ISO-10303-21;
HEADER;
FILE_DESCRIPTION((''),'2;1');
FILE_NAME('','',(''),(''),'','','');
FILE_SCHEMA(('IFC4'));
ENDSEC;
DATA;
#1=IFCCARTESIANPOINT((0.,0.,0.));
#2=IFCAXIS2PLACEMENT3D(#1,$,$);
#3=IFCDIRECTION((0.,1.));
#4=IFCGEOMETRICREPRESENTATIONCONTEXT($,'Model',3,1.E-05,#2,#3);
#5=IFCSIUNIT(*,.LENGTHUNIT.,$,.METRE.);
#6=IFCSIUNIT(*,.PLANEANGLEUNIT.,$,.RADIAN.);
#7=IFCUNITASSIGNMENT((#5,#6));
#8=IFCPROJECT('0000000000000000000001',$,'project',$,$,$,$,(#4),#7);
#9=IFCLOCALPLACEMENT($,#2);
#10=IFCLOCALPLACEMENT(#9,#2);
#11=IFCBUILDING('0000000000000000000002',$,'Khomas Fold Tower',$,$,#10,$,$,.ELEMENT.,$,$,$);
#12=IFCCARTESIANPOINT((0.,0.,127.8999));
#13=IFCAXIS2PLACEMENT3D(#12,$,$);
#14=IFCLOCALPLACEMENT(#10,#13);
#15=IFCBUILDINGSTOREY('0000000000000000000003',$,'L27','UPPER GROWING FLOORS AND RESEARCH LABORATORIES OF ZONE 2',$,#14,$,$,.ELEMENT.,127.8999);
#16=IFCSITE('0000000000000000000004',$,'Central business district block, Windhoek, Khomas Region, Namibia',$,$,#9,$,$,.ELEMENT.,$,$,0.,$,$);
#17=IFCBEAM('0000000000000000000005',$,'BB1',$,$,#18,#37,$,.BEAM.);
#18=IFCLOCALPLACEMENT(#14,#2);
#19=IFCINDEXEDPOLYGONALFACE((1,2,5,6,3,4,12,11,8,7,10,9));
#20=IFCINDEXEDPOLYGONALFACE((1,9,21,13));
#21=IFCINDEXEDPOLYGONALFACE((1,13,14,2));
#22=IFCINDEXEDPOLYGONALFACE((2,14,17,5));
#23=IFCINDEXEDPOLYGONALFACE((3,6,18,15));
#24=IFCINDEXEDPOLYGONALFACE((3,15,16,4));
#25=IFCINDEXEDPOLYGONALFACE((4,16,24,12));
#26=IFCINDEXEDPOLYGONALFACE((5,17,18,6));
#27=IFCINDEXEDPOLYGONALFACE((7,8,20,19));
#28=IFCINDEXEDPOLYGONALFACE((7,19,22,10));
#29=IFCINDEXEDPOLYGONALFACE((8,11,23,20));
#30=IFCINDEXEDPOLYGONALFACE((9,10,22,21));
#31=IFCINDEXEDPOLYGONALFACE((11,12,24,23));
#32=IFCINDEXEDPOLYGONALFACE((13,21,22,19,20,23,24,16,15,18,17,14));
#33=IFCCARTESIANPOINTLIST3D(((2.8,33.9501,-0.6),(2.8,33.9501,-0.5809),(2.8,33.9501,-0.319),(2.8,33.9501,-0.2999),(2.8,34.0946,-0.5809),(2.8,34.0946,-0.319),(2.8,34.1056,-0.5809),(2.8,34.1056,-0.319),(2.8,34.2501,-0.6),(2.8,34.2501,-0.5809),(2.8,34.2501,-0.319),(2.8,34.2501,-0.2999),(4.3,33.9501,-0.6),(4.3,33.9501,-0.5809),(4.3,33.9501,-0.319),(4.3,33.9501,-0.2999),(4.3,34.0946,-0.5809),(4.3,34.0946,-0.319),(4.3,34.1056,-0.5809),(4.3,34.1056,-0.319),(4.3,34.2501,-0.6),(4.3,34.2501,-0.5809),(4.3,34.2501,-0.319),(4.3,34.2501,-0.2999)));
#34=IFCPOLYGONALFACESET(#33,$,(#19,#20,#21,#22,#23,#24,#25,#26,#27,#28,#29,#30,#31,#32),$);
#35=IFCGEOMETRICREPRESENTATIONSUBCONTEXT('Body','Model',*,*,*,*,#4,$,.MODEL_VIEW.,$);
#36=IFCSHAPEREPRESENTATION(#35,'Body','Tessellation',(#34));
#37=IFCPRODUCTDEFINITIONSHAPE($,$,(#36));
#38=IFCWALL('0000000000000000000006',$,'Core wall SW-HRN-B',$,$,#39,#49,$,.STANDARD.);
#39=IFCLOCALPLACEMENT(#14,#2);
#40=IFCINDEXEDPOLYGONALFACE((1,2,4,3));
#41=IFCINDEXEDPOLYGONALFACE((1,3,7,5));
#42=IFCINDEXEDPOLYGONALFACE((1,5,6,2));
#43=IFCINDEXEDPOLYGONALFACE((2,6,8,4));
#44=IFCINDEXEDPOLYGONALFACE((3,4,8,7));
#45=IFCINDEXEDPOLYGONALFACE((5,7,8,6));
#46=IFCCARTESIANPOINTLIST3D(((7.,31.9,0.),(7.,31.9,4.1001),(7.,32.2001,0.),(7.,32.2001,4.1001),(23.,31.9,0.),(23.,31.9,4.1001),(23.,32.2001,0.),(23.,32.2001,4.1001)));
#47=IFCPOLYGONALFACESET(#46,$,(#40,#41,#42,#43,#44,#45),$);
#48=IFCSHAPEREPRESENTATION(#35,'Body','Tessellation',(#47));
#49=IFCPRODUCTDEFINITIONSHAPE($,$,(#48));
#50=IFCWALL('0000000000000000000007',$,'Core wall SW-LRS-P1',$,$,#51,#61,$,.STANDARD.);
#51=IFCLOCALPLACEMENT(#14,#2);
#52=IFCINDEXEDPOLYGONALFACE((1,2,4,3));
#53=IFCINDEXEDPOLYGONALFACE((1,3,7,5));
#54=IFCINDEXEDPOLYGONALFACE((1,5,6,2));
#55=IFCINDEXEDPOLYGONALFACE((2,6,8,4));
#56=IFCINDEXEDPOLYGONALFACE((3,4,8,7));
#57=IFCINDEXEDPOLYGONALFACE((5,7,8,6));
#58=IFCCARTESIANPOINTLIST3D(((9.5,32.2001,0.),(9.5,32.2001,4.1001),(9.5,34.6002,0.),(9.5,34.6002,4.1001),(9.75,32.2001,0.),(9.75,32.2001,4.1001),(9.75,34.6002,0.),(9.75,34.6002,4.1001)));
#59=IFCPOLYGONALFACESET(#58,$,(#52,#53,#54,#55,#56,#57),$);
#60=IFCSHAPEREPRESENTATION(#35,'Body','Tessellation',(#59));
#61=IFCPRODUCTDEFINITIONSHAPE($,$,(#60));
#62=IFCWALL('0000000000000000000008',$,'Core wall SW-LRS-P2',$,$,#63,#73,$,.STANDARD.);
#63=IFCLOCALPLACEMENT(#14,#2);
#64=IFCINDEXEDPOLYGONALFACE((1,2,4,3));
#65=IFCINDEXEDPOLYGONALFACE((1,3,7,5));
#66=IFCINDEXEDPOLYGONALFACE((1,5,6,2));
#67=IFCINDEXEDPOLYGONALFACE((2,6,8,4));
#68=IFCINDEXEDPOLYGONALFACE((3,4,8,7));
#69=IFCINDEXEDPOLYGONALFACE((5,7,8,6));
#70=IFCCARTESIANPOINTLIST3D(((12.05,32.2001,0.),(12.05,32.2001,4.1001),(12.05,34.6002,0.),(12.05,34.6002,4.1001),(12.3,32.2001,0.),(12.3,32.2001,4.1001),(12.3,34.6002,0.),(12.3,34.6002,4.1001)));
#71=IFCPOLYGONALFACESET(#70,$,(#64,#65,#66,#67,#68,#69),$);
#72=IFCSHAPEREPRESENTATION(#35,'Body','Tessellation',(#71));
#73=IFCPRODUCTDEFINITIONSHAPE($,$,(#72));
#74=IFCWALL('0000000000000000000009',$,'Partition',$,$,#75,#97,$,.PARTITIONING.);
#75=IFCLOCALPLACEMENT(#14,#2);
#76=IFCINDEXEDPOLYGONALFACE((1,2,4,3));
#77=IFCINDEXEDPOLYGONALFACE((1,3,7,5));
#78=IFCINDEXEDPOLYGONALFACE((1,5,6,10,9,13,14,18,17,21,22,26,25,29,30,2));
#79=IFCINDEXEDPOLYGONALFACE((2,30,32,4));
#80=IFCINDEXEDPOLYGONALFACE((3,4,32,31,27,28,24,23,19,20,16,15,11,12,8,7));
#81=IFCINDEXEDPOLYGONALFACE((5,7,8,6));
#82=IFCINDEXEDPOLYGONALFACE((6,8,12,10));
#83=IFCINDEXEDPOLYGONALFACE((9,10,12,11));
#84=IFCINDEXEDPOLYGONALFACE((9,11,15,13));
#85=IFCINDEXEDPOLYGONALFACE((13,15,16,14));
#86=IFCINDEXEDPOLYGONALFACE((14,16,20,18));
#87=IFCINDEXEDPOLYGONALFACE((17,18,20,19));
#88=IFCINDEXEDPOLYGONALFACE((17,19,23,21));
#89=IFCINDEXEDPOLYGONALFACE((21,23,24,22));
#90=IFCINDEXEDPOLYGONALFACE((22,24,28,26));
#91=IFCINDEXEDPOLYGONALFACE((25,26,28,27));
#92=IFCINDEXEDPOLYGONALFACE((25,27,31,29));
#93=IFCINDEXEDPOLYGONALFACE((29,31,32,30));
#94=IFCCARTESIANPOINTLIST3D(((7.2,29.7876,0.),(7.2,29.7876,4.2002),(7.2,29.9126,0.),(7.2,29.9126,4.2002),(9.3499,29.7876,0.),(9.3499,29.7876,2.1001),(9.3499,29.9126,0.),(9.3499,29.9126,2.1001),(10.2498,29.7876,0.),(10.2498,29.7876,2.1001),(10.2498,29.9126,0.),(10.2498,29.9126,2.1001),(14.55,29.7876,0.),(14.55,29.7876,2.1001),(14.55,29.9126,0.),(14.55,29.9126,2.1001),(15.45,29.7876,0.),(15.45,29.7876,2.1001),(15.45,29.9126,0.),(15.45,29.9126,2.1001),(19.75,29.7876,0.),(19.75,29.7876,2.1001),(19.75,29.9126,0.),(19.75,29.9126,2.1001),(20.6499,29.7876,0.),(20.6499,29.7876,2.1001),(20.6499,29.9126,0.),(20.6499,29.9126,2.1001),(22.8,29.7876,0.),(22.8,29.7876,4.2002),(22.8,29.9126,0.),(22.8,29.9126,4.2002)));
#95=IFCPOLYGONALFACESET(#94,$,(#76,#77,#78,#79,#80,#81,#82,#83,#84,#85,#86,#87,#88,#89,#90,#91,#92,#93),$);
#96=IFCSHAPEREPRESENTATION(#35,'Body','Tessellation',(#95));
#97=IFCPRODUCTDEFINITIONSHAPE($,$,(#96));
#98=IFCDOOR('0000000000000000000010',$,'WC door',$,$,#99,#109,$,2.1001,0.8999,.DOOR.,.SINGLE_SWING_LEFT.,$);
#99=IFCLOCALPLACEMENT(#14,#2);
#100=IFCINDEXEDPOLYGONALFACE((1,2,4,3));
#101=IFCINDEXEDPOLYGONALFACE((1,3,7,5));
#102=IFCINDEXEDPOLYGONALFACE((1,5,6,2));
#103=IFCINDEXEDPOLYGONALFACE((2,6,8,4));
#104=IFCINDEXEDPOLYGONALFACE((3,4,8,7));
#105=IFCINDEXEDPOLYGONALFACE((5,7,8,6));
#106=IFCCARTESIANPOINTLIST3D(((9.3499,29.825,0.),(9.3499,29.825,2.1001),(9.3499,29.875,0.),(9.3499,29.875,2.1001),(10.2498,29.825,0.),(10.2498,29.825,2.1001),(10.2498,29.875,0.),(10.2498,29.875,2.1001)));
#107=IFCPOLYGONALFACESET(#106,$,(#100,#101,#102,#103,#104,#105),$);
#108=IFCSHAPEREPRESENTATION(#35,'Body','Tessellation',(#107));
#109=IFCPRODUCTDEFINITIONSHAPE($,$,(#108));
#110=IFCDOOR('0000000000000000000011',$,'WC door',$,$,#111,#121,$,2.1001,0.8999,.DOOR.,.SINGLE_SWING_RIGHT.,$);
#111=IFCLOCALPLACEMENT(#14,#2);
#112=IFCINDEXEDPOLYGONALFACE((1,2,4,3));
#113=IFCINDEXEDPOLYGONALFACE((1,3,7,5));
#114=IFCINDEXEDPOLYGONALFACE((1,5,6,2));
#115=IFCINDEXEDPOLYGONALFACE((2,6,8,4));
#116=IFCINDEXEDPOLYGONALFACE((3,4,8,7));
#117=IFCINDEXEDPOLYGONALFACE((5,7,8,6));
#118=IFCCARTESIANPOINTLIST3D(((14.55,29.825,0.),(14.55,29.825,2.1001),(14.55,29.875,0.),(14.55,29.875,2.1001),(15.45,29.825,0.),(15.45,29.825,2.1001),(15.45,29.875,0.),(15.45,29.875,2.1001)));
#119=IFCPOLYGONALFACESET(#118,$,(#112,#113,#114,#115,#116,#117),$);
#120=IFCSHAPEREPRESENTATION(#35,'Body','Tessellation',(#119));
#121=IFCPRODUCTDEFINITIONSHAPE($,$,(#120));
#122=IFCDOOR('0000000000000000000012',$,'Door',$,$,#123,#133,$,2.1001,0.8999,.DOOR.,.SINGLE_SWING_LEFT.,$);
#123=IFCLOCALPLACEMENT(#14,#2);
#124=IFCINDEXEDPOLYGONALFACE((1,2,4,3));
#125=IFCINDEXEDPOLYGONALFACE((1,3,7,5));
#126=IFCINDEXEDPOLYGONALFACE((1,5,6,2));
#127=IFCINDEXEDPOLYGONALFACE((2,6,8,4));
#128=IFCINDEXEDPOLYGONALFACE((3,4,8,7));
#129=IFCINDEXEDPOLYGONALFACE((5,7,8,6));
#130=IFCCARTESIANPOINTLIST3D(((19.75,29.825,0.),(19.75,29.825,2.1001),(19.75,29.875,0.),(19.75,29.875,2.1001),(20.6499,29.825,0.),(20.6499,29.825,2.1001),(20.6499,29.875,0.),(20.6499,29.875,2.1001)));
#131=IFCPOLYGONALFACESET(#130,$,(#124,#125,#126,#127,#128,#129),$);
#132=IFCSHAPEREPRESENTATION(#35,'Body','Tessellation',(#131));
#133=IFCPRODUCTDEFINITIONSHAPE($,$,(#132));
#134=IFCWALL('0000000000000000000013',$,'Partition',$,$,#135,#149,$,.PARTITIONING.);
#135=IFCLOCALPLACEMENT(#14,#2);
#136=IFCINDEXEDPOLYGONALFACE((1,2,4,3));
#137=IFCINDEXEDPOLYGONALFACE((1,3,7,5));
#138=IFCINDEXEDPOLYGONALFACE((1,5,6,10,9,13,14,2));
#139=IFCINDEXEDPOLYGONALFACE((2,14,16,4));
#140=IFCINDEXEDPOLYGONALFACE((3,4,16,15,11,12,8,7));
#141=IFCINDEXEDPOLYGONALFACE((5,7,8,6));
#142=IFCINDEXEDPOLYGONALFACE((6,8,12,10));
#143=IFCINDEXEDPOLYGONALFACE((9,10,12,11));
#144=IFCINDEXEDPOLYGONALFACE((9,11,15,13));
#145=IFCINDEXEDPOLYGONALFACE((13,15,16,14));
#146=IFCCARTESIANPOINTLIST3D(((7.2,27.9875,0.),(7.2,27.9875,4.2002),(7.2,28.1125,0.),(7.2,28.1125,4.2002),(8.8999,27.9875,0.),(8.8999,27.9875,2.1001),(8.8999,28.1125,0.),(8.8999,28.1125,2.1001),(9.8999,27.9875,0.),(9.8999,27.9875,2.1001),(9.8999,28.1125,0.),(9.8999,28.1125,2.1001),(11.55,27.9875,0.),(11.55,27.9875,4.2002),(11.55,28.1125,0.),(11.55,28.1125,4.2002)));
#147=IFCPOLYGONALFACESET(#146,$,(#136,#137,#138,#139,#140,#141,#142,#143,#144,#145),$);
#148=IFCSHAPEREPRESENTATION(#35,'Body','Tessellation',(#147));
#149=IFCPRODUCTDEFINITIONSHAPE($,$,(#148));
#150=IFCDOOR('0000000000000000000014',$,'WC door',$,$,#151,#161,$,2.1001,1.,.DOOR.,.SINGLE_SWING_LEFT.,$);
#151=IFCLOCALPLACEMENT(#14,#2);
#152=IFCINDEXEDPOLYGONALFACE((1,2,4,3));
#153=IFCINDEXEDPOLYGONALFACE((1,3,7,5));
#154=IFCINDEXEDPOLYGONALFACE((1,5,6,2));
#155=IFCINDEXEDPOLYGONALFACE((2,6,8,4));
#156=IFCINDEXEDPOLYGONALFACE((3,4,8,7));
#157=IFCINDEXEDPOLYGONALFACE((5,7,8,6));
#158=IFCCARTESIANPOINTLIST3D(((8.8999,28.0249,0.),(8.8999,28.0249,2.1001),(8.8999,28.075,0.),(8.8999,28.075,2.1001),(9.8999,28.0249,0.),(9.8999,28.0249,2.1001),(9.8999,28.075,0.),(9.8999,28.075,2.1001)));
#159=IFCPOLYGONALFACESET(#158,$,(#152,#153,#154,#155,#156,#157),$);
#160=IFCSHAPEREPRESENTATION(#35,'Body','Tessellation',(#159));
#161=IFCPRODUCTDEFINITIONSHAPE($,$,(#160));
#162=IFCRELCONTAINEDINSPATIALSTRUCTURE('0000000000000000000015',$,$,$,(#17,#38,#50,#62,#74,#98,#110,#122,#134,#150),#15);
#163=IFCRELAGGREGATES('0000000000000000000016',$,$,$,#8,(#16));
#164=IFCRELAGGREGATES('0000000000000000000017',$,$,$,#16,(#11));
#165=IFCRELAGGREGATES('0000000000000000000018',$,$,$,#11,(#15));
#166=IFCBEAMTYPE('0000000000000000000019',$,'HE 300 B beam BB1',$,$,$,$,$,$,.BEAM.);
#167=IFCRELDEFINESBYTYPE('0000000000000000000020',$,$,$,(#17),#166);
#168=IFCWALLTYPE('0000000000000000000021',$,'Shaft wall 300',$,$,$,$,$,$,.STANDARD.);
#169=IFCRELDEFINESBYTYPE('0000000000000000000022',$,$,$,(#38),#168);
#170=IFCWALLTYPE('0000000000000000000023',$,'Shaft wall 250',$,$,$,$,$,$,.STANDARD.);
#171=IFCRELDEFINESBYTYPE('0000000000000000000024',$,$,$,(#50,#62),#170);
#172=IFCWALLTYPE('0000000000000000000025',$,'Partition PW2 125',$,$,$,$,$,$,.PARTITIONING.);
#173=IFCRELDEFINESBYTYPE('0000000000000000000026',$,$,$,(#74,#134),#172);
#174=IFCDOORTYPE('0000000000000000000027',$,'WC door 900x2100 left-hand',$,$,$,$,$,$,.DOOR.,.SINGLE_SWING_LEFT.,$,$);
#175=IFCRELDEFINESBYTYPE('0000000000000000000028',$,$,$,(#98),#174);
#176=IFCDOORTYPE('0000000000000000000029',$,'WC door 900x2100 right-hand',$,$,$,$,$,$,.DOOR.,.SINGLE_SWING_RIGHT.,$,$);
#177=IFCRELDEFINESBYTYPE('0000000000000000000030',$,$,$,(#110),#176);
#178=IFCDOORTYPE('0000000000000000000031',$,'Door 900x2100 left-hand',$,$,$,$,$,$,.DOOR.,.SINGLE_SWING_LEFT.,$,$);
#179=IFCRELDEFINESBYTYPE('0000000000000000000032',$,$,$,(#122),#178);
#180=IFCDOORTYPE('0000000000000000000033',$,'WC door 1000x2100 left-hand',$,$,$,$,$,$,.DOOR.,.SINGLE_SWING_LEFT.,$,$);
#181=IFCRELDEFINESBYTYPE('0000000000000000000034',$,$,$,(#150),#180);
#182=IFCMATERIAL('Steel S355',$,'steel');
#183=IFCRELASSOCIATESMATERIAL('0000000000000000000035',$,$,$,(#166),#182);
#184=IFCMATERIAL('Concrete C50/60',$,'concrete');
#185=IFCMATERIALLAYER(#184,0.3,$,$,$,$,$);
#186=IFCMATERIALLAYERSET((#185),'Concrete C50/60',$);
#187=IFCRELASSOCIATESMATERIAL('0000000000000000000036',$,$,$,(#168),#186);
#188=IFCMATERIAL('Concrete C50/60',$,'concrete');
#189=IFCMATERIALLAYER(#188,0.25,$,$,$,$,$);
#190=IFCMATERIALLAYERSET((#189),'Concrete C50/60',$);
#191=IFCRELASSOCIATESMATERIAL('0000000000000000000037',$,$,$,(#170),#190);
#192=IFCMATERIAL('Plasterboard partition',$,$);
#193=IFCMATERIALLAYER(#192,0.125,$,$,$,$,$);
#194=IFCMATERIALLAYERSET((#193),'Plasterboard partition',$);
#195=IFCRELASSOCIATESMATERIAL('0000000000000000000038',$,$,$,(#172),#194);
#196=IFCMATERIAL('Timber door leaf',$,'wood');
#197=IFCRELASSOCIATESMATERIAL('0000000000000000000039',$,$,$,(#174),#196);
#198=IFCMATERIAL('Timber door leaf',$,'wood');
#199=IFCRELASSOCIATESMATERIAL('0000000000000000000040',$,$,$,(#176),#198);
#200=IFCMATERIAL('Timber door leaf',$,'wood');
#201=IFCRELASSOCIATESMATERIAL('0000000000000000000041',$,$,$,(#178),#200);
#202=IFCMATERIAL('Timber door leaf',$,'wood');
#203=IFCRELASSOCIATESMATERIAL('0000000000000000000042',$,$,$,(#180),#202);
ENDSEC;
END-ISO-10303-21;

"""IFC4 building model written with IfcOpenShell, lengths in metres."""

from ifc_helpers import new_model, si_unit, direction, frame, frame_2d, origin, origin_2d, place, context, subcontext, project, spatial, rectangle, i_section, extrude, source, transform, mapped, material, layer, layer_set, material_profile, profile_set, type_object, element, fill, save


model = new_model("IFC4")

# Units and contexts
model_context = context("Model", 3, precision=1e-05, world=origin(), true_north=direction((0.0, 1.0)))
body_context = subcontext(model_context, "Body", "Model", "MODEL_VIEW")
ifc_project = project(units=[si_unit("LENGTHUNIT", "METRE"), si_unit("PLANEANGLEUNIT", "RADIAN")], contexts=[model_context])

# Site, building, storey
site_placement = place(None, origin())
site = spatial("IfcSite", under=ifc_project, at=site_placement, Name="Central business district block, Windhoek, Khomas Region, Namibia", CompositionType="ELEMENT", RefElevation=0.0)
building_placement = place(site_placement, origin())
building = spatial("IfcBuilding", under=site, at=building_placement, Name="Khomas Fold Tower", CompositionType="ELEMENT")
storey_placement = place(building_placement, frame((0.0, 0.0, 127.8999)))
storey = spatial("IfcBuildingStorey", under=building, at=storey_placement, Name="L27", Description="UPPER GROWING FLOORS AND RESEARCH LABORATORIES OF ZONE 2", CompositionType="ELEMENT", Elevation=127.8999)

# Beam
ifc_material_1 = material(Name="Steel S355", Category="steel")
ifc_material_profile = material_profile(ifc_material_1, i_section(OverallWidth=0.3, OverallDepth=0.3, WebThickness=0.011, FlangeThickness=0.019, at=origin_2d()), Name="HE 300 B")
ifc_profile_set = profile_set([ifc_material_profile], Name="Steel S355")
beam_type = type_object("IfcBeamType", Name="HE 300 B beam BB1", PredefinedType="BEAM", material=ifc_profile_set)
shared_shape_1 = source(origin(), body_context, "Body", "SweptSolid", [
    extrude(i_section(OverallWidth=0.3, OverallDepth=0.3, WebThickness=0.011, FlangeThickness=0.019, at=origin_2d()), origin(), (0.0, 0.0, 1.0), 1.5),
])
beam_placement = place(storey_placement, frame((2.8, 34.1001, -0.45), z_axis=(1.0, 0.0, 0.0), x_axis=(0.0, 1.0, 0.0)))
element("IfcBeam", 1, at=beam_placement, inside=storey, type_object=beam_type, Name="BB1", PredefinedType="BEAM", context=body_context, shape_type="MappedRepresentation", body=[
    mapped(shared_shape_1, transform((0.0, 0.0, 0.0))),
])

# Walls
ifc_material_2 = material(Name="Concrete C50/60", Category="concrete")
ifc_layer_1 = layer(ifc_material_2, 0.3)
ifc_layer_set_1 = layer_set([ifc_layer_1], Name="Concrete C50/60")
wall_type_1 = type_object("IfcWallType", Name="Shaft wall 300", PredefinedType="STANDARD", material=ifc_layer_set_1)
shared_shape_2 = source(origin(), body_context, "Body", "SweptSolid", [
    extrude(rectangle(XDim=16.0, YDim=0.3, at=frame_2d((8.0, 0.0))), origin(), (0.0, 0.0, 1.0), 4.1001),
])
wall_1_placement = place(storey_placement, frame((7.0, 32.05, 0.0), z_axis=(0.0, 0.0, 1.0), x_axis=(1.0, 0.0, 0.0)))
element("IfcWall", 2, at=wall_1_placement, inside=storey, type_object=wall_type_1, Name="Core wall SW-HRN-B", PredefinedType="STANDARD", context=body_context, shape_type="MappedRepresentation", body=[
    mapped(shared_shape_2, transform((0.0, 0.0, 0.0))),
])
ifc_material_3 = material(Name="Concrete C50/60", Category="concrete")
ifc_layer_2 = layer(ifc_material_3, 0.25)
ifc_layer_set_2 = layer_set([ifc_layer_2], Name="Concrete C50/60")
wall_type_2 = type_object("IfcWallType", Name="Shaft wall 250", PredefinedType="STANDARD", material=ifc_layer_set_2)
shared_shape_3 = source(origin(), body_context, "Body", "SweptSolid", [
    extrude(rectangle(XDim=2.4001, YDim=0.25, at=frame_2d((1.2002, 0.0))), origin(), (0.0, 0.0, 1.0), 4.1001),
])
for number, where, z_axis, x_axis, name in (
    (3, (9.625, 32.2, 0.0), (0.0, 0.0, 1.0), (0.0, 1.0, 0.0), "Core wall SW-LRS-P1"),
    (4, (12.175, 32.2, 0.0), (0.0, 0.0, 1.0), (0.0, 1.0, 0.0), "Core wall SW-LRS-P2"),
):
    element("IfcWall", number, at=place(storey_placement, frame(where, z_axis=z_axis, x_axis=x_axis)), inside=storey, type_object=wall_type_2, Name=name, PredefinedType="STANDARD", context=body_context, shape_type="MappedRepresentation", body=[
        mapped(shared_shape_3, transform((0.0, 0.0, 0.0))),
    ])

# Wall, openings, doors
ifc_material_4 = material(Name="Plasterboard partition")
ifc_layer_3 = layer(ifc_material_4, 0.125)
ifc_layer_set_3 = layer_set([ifc_layer_3], Name="Plasterboard partition")
wall_type_3 = type_object("IfcWallType", Name="Partition PW2 125", PredefinedType="PARTITIONING", material=ifc_layer_set_3)
shared_shape_4 = source(origin(), body_context, "Body", "SweptSolid", [
    extrude(rectangle(XDim=15.6001, YDim=0.125, at=frame_2d((7.8, 0.0))), origin(), (0.0, 0.0, 1.0), 4.2002),
])
wall_2_placement = place(storey_placement, frame((7.2, 29.8501, 0.0), z_axis=(0.0, 0.0, 1.0), x_axis=(1.0, 0.0, 0.0)))
wall_2 = element("IfcWall", 5, at=wall_2_placement, inside=storey, type_object=wall_type_3, Name="Partition", PredefinedType="PARTITIONING", context=body_context, shape_type="MappedRepresentation", body=[
    mapped(shared_shape_4, transform((0.0, 0.0, 0.0))),
])
shared_shape_5 = source(origin(), body_context, "Body", "SweptSolid", [
    extrude(rectangle(XDim=0.8999, YDim=2.1001, at=frame_2d((0.45, 1.05))), frame((0.0, 0.0725, 0.0), z_axis=(0.0, -1.0, 0.0), x_axis=(1.0, 0.0, 0.0)), (0.0, 0.0, 1.0), 0.145),
])
opening_1_placement = place(wall_2_placement, frame((2.1499, 0.0, 0.0)))
opening_1 = element("IfcOpeningElement", 6, at=opening_1_placement, cuts=wall_2, PredefinedType="OPENING", context=body_context, shape_type="MappedRepresentation", body=[
    mapped(shared_shape_5, transform((0.0, 0.0, 0.0))),
])
opening_2_placement = place(wall_2_placement, frame((7.3501, 0.0, 0.0)))
opening_2 = element("IfcOpeningElement", 7, at=opening_2_placement, cuts=wall_2, PredefinedType="OPENING", context=body_context, shape_type="MappedRepresentation", body=[
    mapped(shared_shape_5, transform((0.0, 0.0, 0.0))),
])
opening_3_placement = place(wall_2_placement, frame((12.55, 0.0, 0.0)))
opening_3 = element("IfcOpeningElement", 8, at=opening_3_placement, cuts=wall_2, PredefinedType="OPENING", context=body_context, shape_type="MappedRepresentation", body=[
    mapped(shared_shape_5, transform((0.0, 0.0, 0.0))),
])
ifc_material_5 = material(Name="Timber door leaf", Category="wood")
door_type_1 = type_object("IfcDoorType", Name="WC door 900x2100 left-hand", OperationType="SINGLE_SWING_LEFT", PredefinedType="DOOR", material=ifc_material_5)
shared_shape_6 = source(origin(), body_context, "Body", "SweptSolid", [
    extrude(rectangle(XDim=0.8999, YDim=2.1001, at=frame_2d((0.45, 1.05))), frame((0.0, 0.0249, 0.0), z_axis=(0.0, -1.0, 0.0), x_axis=(1.0, 0.0, 0.0)), (0.0, 0.0, 1.0), 0.05),
])
door_1_placement = place(opening_1_placement, origin())
door_1 = element("IfcDoor", 9, at=door_1_placement, inside=storey, type_object=door_type_1, Name="WC door", OperationType="SINGLE_SWING_LEFT", OverallHeight=2.1001, OverallWidth=0.8999, PredefinedType="DOOR", context=body_context, shape_type="MappedRepresentation", body=[
    mapped(shared_shape_6, transform((0.0, 0.0, 0.0))),
])
fill(opening_1, door_1)
ifc_material_6 = material(Name="Timber door leaf", Category="wood")
door_type_2 = type_object("IfcDoorType", Name="WC door 900x2100 right-hand", OperationType="SINGLE_SWING_RIGHT", PredefinedType="DOOR", material=ifc_material_6)
door_2_placement = place(opening_2_placement, origin())
door_2 = element("IfcDoor", 10, at=door_2_placement, inside=storey, type_object=door_type_2, Name="WC door", OperationType="SINGLE_SWING_RIGHT", OverallHeight=2.1001, OverallWidth=0.8999, PredefinedType="DOOR", context=body_context, shape_type="MappedRepresentation", body=[
    mapped(shared_shape_6, transform((0.0, 0.0, 0.0))),
])
fill(opening_2, door_2)
ifc_material_7 = material(Name="Timber door leaf", Category="wood")
door_type_3 = type_object("IfcDoorType", Name="Door 900x2100 left-hand", OperationType="SINGLE_SWING_LEFT", PredefinedType="DOOR", material=ifc_material_7)
door_3_placement = place(opening_3_placement, origin())
door_3 = element("IfcDoor", 11, at=door_3_placement, inside=storey, type_object=door_type_3, Name="Door", OperationType="SINGLE_SWING_LEFT", OverallHeight=2.1001, OverallWidth=0.8999, PredefinedType="DOOR", context=body_context, shape_type="MappedRepresentation", body=[
    mapped(shared_shape_6, transform((0.0, 0.0, 0.0))),
])
fill(opening_3, door_3)

# Wall, opening, door
shared_shape_7 = source(origin(), body_context, "Body", "SweptSolid", [
    extrude(rectangle(XDim=4.3501, YDim=0.125, at=frame_2d((2.175, 0.0))), origin(), (0.0, 0.0, 1.0), 4.2002),
])
wall_3_placement = place(storey_placement, frame((7.2, 28.05, 0.0), z_axis=(0.0, 0.0, 1.0), x_axis=(1.0, 0.0, 0.0)))
wall_3 = element("IfcWall", 12, at=wall_3_placement, inside=storey, type_object=wall_type_3, Name="Partition", PredefinedType="PARTITIONING", context=body_context, shape_type="MappedRepresentation", body=[
    mapped(shared_shape_7, transform((0.0, 0.0, 0.0))),
])
shared_shape_8 = source(origin(), body_context, "Body", "SweptSolid", [
    extrude(rectangle(XDim=1.0, YDim=2.1001, at=frame_2d((0.5, 1.05))), frame((0.0, 0.0725, 0.0), z_axis=(0.0, -1.0, 0.0), x_axis=(1.0, 0.0, 0.0)), (0.0, 0.0, 1.0), 0.145),
])
opening_4_placement = place(wall_3_placement, frame((1.7, 0.0, 0.0)))
opening_4 = element("IfcOpeningElement", 13, at=opening_4_placement, cuts=wall_3, PredefinedType="OPENING", context=body_context, shape_type="MappedRepresentation", body=[
    mapped(shared_shape_8, transform((0.0, 0.0, 0.0))),
])
ifc_material_8 = material(Name="Timber door leaf", Category="wood")
door_type_4 = type_object("IfcDoorType", Name="WC door 1000x2100 left-hand", OperationType="SINGLE_SWING_LEFT", PredefinedType="DOOR", material=ifc_material_8)
shared_shape_9 = source(origin(), body_context, "Body", "SweptSolid", [
    extrude(rectangle(XDim=1.0, YDim=2.1001, at=frame_2d((0.5, 1.05))), frame((0.0, 0.0249, 0.0), z_axis=(0.0, -1.0, 0.0), x_axis=(1.0, 0.0, 0.0)), (0.0, 0.0, 1.0), 0.05),
])
door_4_placement = place(opening_4_placement, origin())
door_4 = element("IfcDoor", 14, at=door_4_placement, inside=storey, type_object=door_type_4, Name="WC door", OperationType="SINGLE_SWING_LEFT", OverallHeight=2.1001, OverallWidth=1.0, PredefinedType="DOOR", context=body_context, shape_type="MappedRepresentation", body=[
    mapped(shared_shape_9, transform((0.0, 0.0, 0.0))),
])
fill(opening_4, door_4)

save(model, "model.ifc")
